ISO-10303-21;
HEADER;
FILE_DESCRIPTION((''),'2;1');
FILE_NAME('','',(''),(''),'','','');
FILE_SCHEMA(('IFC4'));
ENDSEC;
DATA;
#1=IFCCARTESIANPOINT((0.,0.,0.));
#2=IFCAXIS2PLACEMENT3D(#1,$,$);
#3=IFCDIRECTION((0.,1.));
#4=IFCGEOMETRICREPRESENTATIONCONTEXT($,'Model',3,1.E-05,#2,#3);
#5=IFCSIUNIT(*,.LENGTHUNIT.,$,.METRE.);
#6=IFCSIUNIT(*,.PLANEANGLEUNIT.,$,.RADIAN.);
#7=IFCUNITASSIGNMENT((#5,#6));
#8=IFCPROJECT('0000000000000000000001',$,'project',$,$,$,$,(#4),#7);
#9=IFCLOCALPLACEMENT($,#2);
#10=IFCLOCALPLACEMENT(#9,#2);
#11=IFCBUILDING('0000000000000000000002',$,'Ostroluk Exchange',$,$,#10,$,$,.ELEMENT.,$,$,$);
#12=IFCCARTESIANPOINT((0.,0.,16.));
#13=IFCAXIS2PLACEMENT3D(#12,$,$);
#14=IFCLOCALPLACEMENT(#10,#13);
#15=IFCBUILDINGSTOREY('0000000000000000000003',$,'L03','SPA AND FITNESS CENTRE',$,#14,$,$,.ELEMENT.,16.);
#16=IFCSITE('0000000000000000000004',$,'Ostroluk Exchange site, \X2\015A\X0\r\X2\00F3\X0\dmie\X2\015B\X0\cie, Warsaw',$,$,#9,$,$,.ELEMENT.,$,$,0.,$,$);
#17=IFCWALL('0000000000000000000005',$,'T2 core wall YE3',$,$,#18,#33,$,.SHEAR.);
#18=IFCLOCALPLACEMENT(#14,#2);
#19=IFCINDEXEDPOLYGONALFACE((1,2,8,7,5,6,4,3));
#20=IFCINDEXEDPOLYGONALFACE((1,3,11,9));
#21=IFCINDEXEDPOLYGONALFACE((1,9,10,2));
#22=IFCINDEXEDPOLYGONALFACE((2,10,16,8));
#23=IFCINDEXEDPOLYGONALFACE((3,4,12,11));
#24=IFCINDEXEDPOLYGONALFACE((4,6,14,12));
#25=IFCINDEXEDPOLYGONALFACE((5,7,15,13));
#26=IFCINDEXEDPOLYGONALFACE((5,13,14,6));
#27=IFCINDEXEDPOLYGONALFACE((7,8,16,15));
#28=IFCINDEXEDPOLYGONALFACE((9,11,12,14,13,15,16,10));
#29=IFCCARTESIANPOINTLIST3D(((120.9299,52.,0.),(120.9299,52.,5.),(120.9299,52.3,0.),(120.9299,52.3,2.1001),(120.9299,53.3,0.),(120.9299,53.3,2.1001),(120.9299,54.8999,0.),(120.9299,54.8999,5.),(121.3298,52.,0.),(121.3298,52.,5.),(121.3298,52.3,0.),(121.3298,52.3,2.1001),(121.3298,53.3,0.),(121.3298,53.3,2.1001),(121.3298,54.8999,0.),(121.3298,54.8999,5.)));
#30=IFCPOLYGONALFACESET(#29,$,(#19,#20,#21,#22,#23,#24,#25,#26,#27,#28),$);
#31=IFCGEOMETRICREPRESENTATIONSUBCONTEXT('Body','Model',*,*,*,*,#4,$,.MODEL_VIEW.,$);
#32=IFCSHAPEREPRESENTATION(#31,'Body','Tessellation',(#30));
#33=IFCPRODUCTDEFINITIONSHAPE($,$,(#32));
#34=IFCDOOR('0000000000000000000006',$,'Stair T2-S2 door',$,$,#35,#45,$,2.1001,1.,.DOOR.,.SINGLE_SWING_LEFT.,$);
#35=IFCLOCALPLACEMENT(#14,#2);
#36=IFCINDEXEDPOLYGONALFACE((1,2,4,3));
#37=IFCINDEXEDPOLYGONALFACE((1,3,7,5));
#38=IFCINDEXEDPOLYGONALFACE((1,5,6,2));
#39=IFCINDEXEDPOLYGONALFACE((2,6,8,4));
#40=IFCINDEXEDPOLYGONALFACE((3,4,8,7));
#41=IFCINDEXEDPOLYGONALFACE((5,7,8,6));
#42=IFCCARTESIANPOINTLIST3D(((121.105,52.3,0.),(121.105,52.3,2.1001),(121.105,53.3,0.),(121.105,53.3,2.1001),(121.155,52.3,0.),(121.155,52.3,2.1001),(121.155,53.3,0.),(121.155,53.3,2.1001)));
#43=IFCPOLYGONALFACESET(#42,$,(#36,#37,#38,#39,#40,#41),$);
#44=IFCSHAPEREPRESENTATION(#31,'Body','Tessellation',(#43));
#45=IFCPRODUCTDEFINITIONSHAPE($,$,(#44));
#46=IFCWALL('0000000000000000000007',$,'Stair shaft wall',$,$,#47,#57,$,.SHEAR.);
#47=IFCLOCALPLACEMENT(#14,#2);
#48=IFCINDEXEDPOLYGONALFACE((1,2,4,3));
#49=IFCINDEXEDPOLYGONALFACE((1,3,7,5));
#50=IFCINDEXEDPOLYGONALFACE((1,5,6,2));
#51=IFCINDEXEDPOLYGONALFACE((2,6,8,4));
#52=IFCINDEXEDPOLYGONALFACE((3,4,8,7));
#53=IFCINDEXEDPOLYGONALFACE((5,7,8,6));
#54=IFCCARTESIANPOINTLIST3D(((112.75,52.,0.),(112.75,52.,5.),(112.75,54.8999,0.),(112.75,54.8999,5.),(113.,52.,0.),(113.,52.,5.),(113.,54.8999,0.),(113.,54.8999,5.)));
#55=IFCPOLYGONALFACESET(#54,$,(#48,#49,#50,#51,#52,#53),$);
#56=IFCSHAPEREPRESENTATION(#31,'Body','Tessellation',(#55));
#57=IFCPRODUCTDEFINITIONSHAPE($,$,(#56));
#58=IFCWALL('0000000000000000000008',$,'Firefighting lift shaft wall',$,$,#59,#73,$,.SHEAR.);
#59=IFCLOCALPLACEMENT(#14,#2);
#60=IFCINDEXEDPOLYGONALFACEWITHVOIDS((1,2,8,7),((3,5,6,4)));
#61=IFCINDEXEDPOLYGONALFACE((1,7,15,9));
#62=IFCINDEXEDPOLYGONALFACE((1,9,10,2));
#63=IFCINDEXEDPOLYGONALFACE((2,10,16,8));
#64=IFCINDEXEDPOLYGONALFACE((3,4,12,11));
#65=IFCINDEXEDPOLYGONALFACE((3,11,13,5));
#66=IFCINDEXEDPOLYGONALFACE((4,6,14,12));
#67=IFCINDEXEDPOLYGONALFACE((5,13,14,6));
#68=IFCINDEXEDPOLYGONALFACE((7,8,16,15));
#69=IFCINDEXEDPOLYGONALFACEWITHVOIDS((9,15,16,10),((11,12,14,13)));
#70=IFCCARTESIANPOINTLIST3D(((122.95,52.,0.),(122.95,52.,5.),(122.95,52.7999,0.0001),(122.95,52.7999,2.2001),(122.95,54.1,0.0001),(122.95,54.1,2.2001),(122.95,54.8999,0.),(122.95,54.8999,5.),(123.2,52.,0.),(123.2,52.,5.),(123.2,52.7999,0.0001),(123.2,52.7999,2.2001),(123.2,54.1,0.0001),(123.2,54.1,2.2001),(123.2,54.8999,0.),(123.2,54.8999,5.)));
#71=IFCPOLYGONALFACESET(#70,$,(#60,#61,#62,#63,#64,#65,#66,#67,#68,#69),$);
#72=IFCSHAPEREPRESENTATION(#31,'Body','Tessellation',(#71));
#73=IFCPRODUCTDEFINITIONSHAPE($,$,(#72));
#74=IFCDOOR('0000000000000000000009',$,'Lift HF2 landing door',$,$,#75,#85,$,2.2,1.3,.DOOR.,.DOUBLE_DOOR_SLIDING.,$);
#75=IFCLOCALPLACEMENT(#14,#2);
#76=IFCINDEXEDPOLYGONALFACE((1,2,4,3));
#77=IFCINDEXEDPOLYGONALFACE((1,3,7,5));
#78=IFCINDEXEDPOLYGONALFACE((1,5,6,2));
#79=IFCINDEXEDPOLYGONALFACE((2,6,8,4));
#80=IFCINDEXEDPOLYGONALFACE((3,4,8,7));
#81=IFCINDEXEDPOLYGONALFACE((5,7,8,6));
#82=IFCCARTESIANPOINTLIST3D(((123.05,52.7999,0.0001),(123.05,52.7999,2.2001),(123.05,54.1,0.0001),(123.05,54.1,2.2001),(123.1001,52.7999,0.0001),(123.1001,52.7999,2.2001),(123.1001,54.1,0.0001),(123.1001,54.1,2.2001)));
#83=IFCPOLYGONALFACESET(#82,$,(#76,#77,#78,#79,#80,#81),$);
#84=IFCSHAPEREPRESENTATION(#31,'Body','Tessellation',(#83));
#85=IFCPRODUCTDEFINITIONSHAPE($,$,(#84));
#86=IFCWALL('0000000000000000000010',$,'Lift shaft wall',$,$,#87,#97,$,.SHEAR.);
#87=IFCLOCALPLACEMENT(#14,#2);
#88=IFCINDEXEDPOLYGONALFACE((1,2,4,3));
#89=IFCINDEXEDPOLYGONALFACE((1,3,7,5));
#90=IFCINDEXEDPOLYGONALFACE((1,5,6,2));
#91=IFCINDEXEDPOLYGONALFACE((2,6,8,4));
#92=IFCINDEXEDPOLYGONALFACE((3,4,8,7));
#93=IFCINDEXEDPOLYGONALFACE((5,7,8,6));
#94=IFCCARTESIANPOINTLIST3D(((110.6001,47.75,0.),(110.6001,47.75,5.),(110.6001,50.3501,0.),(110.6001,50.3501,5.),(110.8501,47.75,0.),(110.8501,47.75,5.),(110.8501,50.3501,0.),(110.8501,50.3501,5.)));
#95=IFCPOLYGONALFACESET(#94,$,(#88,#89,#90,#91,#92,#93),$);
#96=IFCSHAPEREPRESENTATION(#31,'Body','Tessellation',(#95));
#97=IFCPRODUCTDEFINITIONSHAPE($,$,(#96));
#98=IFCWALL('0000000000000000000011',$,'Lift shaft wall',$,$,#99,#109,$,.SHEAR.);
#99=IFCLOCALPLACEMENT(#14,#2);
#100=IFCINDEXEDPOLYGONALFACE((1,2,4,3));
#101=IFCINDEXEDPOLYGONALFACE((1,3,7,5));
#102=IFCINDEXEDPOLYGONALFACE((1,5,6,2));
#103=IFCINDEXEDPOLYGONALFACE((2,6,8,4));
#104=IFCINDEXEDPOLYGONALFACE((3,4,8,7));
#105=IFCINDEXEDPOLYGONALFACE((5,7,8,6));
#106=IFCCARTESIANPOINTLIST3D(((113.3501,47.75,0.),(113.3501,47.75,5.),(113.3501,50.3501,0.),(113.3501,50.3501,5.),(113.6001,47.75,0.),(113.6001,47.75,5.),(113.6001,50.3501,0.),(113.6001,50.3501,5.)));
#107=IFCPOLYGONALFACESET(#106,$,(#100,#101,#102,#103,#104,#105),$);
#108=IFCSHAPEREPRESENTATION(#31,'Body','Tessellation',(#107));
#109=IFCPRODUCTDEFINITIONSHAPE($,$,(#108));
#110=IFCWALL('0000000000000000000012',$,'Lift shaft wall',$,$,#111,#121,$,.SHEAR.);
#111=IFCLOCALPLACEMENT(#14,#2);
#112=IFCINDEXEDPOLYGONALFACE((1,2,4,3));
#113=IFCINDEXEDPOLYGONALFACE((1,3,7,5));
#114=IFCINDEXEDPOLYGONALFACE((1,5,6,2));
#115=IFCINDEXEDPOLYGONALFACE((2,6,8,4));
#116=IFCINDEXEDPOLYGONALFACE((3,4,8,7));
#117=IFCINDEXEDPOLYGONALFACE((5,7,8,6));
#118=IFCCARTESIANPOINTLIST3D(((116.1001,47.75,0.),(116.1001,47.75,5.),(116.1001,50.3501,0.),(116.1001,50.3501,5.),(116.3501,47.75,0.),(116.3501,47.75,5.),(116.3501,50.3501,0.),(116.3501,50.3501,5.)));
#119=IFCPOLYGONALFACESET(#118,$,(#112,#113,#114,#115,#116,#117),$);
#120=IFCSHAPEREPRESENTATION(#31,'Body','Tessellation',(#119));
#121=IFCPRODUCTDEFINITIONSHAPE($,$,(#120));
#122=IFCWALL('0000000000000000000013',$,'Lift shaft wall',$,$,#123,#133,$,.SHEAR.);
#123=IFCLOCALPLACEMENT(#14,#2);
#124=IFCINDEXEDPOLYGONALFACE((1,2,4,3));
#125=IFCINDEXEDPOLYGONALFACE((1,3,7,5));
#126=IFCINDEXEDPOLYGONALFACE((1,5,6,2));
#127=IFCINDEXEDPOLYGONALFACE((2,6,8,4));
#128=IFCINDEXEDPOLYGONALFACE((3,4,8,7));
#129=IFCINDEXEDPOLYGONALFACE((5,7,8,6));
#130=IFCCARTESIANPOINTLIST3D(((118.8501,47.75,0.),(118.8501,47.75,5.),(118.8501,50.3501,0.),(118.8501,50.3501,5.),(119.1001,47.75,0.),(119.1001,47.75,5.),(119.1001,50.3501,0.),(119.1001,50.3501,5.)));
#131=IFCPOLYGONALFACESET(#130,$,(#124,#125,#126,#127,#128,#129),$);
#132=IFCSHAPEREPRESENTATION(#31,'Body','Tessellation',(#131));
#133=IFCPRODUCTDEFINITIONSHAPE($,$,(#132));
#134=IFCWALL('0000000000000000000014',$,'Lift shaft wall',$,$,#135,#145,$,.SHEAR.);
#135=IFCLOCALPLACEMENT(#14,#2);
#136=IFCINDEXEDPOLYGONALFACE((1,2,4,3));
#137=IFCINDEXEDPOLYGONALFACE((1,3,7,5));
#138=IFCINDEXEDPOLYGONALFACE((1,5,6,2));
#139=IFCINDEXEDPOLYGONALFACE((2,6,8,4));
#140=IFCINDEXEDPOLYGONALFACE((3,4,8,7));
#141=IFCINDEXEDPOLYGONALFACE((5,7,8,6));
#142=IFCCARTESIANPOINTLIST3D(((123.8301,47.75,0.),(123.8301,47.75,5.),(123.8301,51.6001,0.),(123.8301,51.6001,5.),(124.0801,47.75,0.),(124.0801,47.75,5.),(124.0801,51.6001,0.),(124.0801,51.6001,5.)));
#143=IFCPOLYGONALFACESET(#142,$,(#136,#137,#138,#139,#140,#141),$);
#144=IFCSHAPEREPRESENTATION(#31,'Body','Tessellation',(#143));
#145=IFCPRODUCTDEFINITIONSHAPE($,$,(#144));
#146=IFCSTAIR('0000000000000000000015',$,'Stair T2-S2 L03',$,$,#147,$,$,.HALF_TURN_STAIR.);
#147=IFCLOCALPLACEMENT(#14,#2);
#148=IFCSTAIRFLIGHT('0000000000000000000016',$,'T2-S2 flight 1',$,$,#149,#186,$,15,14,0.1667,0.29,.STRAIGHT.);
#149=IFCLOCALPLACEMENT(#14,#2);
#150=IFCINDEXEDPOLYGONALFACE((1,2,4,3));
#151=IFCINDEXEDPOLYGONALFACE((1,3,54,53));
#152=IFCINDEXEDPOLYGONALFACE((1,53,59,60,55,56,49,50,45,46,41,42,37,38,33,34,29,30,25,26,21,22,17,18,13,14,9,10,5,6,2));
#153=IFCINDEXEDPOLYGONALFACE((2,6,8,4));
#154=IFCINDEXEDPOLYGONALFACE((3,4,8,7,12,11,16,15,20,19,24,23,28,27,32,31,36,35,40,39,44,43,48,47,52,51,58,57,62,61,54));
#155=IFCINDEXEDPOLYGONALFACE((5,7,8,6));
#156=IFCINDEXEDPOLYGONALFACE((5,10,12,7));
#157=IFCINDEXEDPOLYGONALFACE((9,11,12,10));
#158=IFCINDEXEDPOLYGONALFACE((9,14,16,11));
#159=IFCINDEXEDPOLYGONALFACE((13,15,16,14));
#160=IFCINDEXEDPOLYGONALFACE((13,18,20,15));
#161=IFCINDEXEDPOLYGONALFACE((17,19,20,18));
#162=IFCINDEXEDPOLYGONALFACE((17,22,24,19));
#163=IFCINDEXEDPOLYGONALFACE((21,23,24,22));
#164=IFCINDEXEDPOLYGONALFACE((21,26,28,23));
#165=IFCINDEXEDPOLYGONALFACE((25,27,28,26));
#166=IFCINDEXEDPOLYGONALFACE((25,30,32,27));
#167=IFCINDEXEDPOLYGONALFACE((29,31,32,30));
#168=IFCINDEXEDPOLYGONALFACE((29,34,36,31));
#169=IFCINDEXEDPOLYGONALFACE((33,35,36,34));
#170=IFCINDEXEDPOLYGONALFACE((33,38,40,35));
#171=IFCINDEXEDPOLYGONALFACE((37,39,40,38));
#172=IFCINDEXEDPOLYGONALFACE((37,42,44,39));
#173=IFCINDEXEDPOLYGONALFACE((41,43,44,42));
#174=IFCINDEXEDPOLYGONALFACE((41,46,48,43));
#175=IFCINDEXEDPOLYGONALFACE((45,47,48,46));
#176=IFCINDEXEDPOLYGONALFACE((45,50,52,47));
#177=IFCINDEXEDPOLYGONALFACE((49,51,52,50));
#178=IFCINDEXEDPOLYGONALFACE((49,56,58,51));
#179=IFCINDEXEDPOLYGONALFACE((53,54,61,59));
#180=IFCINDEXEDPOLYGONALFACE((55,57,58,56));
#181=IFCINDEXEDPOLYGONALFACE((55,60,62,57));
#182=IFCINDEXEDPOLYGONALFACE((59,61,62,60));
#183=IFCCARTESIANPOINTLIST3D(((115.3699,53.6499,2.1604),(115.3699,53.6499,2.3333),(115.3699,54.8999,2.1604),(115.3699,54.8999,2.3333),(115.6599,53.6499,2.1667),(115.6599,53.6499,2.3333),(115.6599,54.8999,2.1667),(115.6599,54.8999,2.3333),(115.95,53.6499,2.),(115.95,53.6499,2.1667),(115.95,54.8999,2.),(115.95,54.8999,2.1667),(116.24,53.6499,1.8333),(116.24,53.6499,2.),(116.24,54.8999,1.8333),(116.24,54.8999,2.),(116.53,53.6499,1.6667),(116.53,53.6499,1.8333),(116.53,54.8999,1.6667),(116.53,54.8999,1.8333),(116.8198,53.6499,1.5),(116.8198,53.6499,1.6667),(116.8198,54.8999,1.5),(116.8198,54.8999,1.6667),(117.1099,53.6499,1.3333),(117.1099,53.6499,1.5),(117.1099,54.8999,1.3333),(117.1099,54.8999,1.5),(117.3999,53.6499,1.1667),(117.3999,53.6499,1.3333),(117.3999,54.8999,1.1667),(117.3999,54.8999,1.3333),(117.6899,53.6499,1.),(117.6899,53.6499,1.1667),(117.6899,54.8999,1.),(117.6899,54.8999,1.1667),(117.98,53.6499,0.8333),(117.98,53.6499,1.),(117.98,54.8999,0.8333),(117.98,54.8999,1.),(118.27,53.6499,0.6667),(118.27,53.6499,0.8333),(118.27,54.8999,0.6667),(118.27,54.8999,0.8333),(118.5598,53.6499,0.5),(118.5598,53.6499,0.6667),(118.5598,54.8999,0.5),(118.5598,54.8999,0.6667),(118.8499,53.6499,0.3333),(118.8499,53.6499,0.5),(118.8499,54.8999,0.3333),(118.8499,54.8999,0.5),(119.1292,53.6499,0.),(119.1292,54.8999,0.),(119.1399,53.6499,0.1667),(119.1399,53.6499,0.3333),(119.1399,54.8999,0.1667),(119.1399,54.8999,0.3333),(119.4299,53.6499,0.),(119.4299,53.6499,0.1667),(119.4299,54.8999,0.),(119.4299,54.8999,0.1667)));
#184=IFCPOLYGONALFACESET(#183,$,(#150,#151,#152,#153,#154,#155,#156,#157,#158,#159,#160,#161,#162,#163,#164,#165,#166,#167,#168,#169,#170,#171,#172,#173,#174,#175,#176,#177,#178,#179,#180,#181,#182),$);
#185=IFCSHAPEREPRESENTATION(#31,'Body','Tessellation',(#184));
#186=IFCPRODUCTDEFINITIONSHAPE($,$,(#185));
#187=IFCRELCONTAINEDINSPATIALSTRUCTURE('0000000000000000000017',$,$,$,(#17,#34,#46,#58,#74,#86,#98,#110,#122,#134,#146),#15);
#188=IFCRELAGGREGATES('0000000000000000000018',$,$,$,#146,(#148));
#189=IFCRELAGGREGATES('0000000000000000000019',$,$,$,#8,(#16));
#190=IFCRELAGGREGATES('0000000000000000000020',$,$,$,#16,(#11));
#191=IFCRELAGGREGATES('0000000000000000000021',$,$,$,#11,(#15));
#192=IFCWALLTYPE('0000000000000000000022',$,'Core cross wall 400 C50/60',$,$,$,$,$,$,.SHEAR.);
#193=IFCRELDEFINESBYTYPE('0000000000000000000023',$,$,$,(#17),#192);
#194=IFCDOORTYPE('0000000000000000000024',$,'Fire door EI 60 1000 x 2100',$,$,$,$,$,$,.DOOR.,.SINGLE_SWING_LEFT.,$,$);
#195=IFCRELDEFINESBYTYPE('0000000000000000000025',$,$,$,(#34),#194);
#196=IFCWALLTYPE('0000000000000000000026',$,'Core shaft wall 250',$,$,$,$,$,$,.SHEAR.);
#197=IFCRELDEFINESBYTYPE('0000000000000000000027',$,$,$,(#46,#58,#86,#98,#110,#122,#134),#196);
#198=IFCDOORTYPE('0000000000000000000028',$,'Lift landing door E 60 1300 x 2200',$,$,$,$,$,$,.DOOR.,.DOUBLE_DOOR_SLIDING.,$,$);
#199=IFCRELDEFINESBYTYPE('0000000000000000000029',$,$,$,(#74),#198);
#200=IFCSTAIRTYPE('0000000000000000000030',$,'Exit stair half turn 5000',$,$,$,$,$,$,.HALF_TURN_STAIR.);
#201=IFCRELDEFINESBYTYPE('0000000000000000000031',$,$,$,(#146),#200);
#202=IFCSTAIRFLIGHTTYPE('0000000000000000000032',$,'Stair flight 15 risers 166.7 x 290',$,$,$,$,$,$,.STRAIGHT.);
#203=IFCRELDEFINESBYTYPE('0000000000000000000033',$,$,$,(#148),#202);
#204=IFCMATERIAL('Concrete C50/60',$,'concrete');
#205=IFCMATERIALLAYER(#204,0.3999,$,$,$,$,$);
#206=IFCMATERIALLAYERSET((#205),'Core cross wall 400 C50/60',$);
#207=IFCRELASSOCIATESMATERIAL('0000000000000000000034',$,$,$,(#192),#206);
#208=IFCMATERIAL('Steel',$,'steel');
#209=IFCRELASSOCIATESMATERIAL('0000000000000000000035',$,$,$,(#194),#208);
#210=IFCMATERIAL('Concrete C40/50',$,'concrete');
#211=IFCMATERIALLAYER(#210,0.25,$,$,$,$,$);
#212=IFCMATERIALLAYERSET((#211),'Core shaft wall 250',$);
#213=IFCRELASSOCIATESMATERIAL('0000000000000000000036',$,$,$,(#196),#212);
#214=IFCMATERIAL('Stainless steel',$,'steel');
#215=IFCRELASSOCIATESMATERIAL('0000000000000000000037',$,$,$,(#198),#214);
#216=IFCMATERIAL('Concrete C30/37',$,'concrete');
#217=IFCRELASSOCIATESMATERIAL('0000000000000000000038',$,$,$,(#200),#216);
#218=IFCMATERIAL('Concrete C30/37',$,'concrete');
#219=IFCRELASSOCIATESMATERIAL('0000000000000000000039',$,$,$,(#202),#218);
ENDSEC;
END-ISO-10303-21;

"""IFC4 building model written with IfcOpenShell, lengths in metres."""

from ifc_helpers import new_model, si_unit, direction, frame, frame_2d, origin, place, context, subcontext, project, spatial, polyline, rectangle, outline, extrude, material, layer, layer_set, type_object, element, fill, aggregate, save


model = new_model("IFC4")

# Units and contexts
model_context = context("Model", 3, precision=1e-05, world=origin(), true_north=direction((0.0, 1.0)))
body_context = subcontext(model_context, "Body", "Model", "MODEL_VIEW")
ifc_project = project(units=[si_unit("LENGTHUNIT", "METRE"), si_unit("PLANEANGLEUNIT", "RADIAN")], contexts=[model_context])

# Site, building, storey
site_placement = place(None, origin())
site = spatial("IfcSite", under=ifc_project, at=site_placement, Name="Ostroluk Exchange site, Śródmieście, Warsaw", CompositionType="ELEMENT", RefElevation=0.0)
building_placement = place(site_placement, origin())
building = spatial("IfcBuilding", under=site, at=building_placement, Name="Ostroluk Exchange", CompositionType="ELEMENT")
storey_placement = place(building_placement, frame((0.0, 0.0, 16.0)))
storey = spatial("IfcBuildingStorey", under=building, at=storey_placement, Name="L03", Description="SPA AND FITNESS CENTRE", CompositionType="ELEMENT", Elevation=16.0)

# Wall, opening, door
ifc_material_1 = material(Name="Concrete C50/60", Category="concrete")
ifc_layer_1 = layer(ifc_material_1, 0.3999)
ifc_layer_set_1 = layer_set([ifc_layer_1], Name="Core cross wall 400 C50/60")
wall_type_1 = type_object("IfcWallType", Name="Core cross wall 400 C50/60", PredefinedType="SHEAR", material=ifc_layer_set_1)
wall_1_placement = place(storey_placement, frame((121.1299, 52.0, 0.0), z_axis=(0.0, 0.0, 1.0), x_axis=(0.0, 1.0, 0.0)))
wall_1 = element("IfcWall", 1, at=wall_1_placement, inside=storey, type_object=wall_type_1, Name="T2 core wall YE3", PredefinedType="SHEAR", context=body_context, shape_type="SweptSolid", body=[
    extrude(rectangle(XDim=2.8999, YDim=0.3999, at=frame_2d((1.45, 0.0))), origin(), (0.0, 0.0, 1.0), 5.0),
])
opening_1_placement = place(wall_1_placement, frame((0.3, 0.0, 0.0)))
opening_1 = element("IfcOpeningElement", 2, at=opening_1_placement, cuts=wall_1, PredefinedType="OPENING", context=body_context, shape_type="SweptSolid", body=[
    extrude(rectangle(XDim=1.0, YDim=2.1001, at=frame_2d((0.5, 1.05))), frame((0.0, 0.21, 0.0), z_axis=(0.0, -1.0, 0.0), x_axis=(1.0, 0.0, 0.0)), (0.0, 0.0, 1.0), 0.4199),
])
ifc_material_2 = material(Name="Steel", Category="steel")
door_type_1 = type_object("IfcDoorType", Name="Fire door EI 60 1000 x 2100", OperationType="SINGLE_SWING_LEFT", PredefinedType="DOOR", material=ifc_material_2)
door_1_placement = place(opening_1_placement, origin())
door_1 = element("IfcDoor", 3, at=door_1_placement, inside=storey, type_object=door_type_1, Name="Stair T2-S2 door", OperationType="SINGLE_SWING_LEFT", OverallHeight=2.1001, OverallWidth=1.0, PredefinedType="DOOR", context=body_context, shape_type="SweptSolid", body=[
    extrude(rectangle(XDim=1.0, YDim=2.1001, at=frame_2d((0.5, 1.05))), frame((0.0, 0.0249, 0.0), z_axis=(0.0, -1.0, 0.0), x_axis=(1.0, 0.0, 0.0)), (0.0, 0.0, 1.0), 0.05),
])
fill(opening_1, door_1)

# Wall
ifc_material_3 = material(Name="Concrete C40/50", Category="concrete")
ifc_layer_2 = layer(ifc_material_3, 0.25)
ifc_layer_set_2 = layer_set([ifc_layer_2], Name="Core shaft wall 250")
wall_type_2 = type_object("IfcWallType", Name="Core shaft wall 250", PredefinedType="SHEAR", material=ifc_layer_set_2)
wall_2_placement = place(storey_placement, frame((112.875, 52.0, 0.0), z_axis=(0.0, 0.0, 1.0), x_axis=(0.0, 1.0, 0.0)))
element("IfcWall", 4, at=wall_2_placement, inside=storey, type_object=wall_type_2, Name="Stair shaft wall", PredefinedType="SHEAR", context=body_context, shape_type="SweptSolid", body=[
    extrude(rectangle(XDim=2.8999, YDim=0.25, at=frame_2d((1.45, 0.0))), origin(), (0.0, 0.0, 1.0), 5.0),
])

# Wall, opening, door
wall_3_placement = place(storey_placement, frame((123.075, 52.0, 0.0), z_axis=(0.0, 0.0, 1.0), x_axis=(0.0, 1.0, 0.0)))
wall_3 = element("IfcWall", 5, at=wall_3_placement, inside=storey, type_object=wall_type_2, Name="Firefighting lift shaft wall", PredefinedType="SHEAR", context=body_context, shape_type="SweptSolid", body=[
    extrude(rectangle(XDim=2.8999, YDim=0.25, at=frame_2d((1.45, 0.0))), origin(), (0.0, 0.0, 1.0), 5.0),
])
opening_2_placement = place(wall_3_placement, frame((0.8, 0.0, 0.0)))
opening_2 = element("IfcOpeningElement", 6, at=opening_2_placement, cuts=wall_3, PredefinedType="OPENING", context=body_context, shape_type="SweptSolid", body=[
    extrude(rectangle(XDim=1.3, YDim=2.2, at=frame_2d((0.6499, 1.1001))), frame((0.0, 0.135, 0.0), z_axis=(0.0, -1.0, 0.0), x_axis=(1.0, 0.0, 0.0)), (0.0, 0.0, 1.0), 0.27),
])
ifc_material_4 = material(Name="Stainless steel", Category="steel")
door_type_2 = type_object("IfcDoorType", Name="Lift landing door E 60 1300 x 2200", OperationType="DOUBLE_DOOR_SLIDING", PredefinedType="DOOR", material=ifc_material_4)
door_2_placement = place(opening_2_placement, origin())
door_2 = element("IfcDoor", 7, at=door_2_placement, inside=storey, type_object=door_type_2, Name="Lift HF2 landing door", OperationType="DOUBLE_DOOR_SLIDING", OverallHeight=2.2, OverallWidth=1.3, PredefinedType="DOOR", context=body_context, shape_type="SweptSolid", body=[
    extrude(rectangle(XDim=1.3, YDim=2.2, at=frame_2d((0.6499, 1.1001))), frame((0.0, 0.0249, 0.0), z_axis=(0.0, -1.0, 0.0), x_axis=(1.0, 0.0, 0.0)), (0.0, 0.0, 1.0), 0.05),
])
fill(opening_2, door_2)

# Walls
for number, where, z_axis, x_axis, name in (
    (8, (110.7251, 47.75, 0.0), (0.0, 0.0, 1.0), (0.0, 1.0, 0.0), "Lift shaft wall"),
    (9, (113.4751, 47.75, 0.0), (0.0, 0.0, 1.0), (0.0, 1.0, 0.0), "Lift shaft wall"),
    (10, (116.2251, 47.75, 0.0), (0.0, 0.0, 1.0), (0.0, 1.0, 0.0), "Lift shaft wall"),
    (11, (118.9751, 47.75, 0.0), (0.0, 0.0, 1.0), (0.0, 1.0, 0.0), "Lift shaft wall"),
):
    element("IfcWall", number, at=place(storey_placement, frame(where, z_axis=z_axis, x_axis=x_axis)), inside=storey, type_object=wall_type_2, Name=name, PredefinedType="SHEAR", context=body_context, shape_type="SweptSolid", body=[
        extrude(rectangle(XDim=2.6001, YDim=0.25, at=frame_2d((1.3, 0.0))), origin(), (0.0, 0.0, 1.0), 5.0),
    ])
wall_4_placement = place(storey_placement, frame((123.9551, 47.75, 0.0), z_axis=(0.0, 0.0, 1.0), x_axis=(0.0, 1.0, 0.0)))
element("IfcWall", 12, at=wall_4_placement, inside=storey, type_object=wall_type_2, Name="Lift shaft wall", PredefinedType="SHEAR", context=body_context, shape_type="SweptSolid", body=[
    extrude(rectangle(XDim=3.8501, YDim=0.25, at=frame_2d((1.925, 0.0))), origin(), (0.0, 0.0, 1.0), 5.0),
])

# Stair, stair flight
ifc_material_5 = material(Name="Concrete C30/37", Category="concrete")
stair_type = type_object("IfcStairType", Name="Exit stair half turn 5000", PredefinedType="HALF_TURN_STAIR", material=ifc_material_5)
stair_placement = place(storey_placement, origin())
stair = element("IfcStair", 13, at=stair_placement, inside=storey, type_object=stair_type, Name="Stair T2-S2 L03", PredefinedType="HALF_TURN_STAIR")
ifc_material_6 = material(Name="Concrete C30/37", Category="concrete")
stair_flight_type = type_object("IfcStairFlightType", Name="Stair flight 15 risers 166.7 x 290", PredefinedType="STRAIGHT", material=ifc_material_6)
stair_flight_1_placement = place(storey_placement, frame((119.4299, 54.2749, 0.0), z_axis=(0.0, 0.0, 1.0), x_axis=(-1.0, 0.0, 0.0)))
stair_flight_1 = element("IfcStairFlight", 14, at=stair_flight_1_placement, type_object=stair_flight_type, Name="T2-S2 flight 1", NumberOfRisers=15, NumberOfTreads=14, PredefinedType="STRAIGHT", RiserHeight=0.1667, TreadLength=0.29, context=body_context, shape_type="SweptSolid", body=[
    extrude(outline(polyline([(0.0, 0.0), (0.0, 0.1667), (0.29, 0.1667), (0.29, 0.3333), (0.5801, 0.3333), (0.5801, 0.5), (0.8701, 0.5), (0.8701, 0.6667), (1.1599, 0.6667), (1.1599, 0.8333), (1.45, 0.8333), (1.45, 1.0), (1.74, 1.0), (1.74, 1.1667), (2.03, 1.1667), (2.03, 1.3333), (2.3201, 1.3333), (2.3201, 1.5), (2.6101, 1.5), (2.6101, 1.6667), (2.8999, 1.6667), (2.8999, 1.8333), (3.1899, 1.8333), (3.1899, 2.0), (3.48, 2.0), (3.48, 2.1667), (3.77, 2.1667), (3.77, 2.3333), (4.0601, 2.3333), (4.0601, 2.5), (4.0601, 2.1604), (0.3008, 0.0), (0.0, 0.0)])), frame((0.0, 0.625, 0.0), z_axis=(0.0, -1.0, 0.0), x_axis=(1.0, 0.0, 0.0)), (0.0, 0.0, 1.0), 1.25),
])
aggregate(stair, [stair_flight_1])

save(model, "model.ifc")
